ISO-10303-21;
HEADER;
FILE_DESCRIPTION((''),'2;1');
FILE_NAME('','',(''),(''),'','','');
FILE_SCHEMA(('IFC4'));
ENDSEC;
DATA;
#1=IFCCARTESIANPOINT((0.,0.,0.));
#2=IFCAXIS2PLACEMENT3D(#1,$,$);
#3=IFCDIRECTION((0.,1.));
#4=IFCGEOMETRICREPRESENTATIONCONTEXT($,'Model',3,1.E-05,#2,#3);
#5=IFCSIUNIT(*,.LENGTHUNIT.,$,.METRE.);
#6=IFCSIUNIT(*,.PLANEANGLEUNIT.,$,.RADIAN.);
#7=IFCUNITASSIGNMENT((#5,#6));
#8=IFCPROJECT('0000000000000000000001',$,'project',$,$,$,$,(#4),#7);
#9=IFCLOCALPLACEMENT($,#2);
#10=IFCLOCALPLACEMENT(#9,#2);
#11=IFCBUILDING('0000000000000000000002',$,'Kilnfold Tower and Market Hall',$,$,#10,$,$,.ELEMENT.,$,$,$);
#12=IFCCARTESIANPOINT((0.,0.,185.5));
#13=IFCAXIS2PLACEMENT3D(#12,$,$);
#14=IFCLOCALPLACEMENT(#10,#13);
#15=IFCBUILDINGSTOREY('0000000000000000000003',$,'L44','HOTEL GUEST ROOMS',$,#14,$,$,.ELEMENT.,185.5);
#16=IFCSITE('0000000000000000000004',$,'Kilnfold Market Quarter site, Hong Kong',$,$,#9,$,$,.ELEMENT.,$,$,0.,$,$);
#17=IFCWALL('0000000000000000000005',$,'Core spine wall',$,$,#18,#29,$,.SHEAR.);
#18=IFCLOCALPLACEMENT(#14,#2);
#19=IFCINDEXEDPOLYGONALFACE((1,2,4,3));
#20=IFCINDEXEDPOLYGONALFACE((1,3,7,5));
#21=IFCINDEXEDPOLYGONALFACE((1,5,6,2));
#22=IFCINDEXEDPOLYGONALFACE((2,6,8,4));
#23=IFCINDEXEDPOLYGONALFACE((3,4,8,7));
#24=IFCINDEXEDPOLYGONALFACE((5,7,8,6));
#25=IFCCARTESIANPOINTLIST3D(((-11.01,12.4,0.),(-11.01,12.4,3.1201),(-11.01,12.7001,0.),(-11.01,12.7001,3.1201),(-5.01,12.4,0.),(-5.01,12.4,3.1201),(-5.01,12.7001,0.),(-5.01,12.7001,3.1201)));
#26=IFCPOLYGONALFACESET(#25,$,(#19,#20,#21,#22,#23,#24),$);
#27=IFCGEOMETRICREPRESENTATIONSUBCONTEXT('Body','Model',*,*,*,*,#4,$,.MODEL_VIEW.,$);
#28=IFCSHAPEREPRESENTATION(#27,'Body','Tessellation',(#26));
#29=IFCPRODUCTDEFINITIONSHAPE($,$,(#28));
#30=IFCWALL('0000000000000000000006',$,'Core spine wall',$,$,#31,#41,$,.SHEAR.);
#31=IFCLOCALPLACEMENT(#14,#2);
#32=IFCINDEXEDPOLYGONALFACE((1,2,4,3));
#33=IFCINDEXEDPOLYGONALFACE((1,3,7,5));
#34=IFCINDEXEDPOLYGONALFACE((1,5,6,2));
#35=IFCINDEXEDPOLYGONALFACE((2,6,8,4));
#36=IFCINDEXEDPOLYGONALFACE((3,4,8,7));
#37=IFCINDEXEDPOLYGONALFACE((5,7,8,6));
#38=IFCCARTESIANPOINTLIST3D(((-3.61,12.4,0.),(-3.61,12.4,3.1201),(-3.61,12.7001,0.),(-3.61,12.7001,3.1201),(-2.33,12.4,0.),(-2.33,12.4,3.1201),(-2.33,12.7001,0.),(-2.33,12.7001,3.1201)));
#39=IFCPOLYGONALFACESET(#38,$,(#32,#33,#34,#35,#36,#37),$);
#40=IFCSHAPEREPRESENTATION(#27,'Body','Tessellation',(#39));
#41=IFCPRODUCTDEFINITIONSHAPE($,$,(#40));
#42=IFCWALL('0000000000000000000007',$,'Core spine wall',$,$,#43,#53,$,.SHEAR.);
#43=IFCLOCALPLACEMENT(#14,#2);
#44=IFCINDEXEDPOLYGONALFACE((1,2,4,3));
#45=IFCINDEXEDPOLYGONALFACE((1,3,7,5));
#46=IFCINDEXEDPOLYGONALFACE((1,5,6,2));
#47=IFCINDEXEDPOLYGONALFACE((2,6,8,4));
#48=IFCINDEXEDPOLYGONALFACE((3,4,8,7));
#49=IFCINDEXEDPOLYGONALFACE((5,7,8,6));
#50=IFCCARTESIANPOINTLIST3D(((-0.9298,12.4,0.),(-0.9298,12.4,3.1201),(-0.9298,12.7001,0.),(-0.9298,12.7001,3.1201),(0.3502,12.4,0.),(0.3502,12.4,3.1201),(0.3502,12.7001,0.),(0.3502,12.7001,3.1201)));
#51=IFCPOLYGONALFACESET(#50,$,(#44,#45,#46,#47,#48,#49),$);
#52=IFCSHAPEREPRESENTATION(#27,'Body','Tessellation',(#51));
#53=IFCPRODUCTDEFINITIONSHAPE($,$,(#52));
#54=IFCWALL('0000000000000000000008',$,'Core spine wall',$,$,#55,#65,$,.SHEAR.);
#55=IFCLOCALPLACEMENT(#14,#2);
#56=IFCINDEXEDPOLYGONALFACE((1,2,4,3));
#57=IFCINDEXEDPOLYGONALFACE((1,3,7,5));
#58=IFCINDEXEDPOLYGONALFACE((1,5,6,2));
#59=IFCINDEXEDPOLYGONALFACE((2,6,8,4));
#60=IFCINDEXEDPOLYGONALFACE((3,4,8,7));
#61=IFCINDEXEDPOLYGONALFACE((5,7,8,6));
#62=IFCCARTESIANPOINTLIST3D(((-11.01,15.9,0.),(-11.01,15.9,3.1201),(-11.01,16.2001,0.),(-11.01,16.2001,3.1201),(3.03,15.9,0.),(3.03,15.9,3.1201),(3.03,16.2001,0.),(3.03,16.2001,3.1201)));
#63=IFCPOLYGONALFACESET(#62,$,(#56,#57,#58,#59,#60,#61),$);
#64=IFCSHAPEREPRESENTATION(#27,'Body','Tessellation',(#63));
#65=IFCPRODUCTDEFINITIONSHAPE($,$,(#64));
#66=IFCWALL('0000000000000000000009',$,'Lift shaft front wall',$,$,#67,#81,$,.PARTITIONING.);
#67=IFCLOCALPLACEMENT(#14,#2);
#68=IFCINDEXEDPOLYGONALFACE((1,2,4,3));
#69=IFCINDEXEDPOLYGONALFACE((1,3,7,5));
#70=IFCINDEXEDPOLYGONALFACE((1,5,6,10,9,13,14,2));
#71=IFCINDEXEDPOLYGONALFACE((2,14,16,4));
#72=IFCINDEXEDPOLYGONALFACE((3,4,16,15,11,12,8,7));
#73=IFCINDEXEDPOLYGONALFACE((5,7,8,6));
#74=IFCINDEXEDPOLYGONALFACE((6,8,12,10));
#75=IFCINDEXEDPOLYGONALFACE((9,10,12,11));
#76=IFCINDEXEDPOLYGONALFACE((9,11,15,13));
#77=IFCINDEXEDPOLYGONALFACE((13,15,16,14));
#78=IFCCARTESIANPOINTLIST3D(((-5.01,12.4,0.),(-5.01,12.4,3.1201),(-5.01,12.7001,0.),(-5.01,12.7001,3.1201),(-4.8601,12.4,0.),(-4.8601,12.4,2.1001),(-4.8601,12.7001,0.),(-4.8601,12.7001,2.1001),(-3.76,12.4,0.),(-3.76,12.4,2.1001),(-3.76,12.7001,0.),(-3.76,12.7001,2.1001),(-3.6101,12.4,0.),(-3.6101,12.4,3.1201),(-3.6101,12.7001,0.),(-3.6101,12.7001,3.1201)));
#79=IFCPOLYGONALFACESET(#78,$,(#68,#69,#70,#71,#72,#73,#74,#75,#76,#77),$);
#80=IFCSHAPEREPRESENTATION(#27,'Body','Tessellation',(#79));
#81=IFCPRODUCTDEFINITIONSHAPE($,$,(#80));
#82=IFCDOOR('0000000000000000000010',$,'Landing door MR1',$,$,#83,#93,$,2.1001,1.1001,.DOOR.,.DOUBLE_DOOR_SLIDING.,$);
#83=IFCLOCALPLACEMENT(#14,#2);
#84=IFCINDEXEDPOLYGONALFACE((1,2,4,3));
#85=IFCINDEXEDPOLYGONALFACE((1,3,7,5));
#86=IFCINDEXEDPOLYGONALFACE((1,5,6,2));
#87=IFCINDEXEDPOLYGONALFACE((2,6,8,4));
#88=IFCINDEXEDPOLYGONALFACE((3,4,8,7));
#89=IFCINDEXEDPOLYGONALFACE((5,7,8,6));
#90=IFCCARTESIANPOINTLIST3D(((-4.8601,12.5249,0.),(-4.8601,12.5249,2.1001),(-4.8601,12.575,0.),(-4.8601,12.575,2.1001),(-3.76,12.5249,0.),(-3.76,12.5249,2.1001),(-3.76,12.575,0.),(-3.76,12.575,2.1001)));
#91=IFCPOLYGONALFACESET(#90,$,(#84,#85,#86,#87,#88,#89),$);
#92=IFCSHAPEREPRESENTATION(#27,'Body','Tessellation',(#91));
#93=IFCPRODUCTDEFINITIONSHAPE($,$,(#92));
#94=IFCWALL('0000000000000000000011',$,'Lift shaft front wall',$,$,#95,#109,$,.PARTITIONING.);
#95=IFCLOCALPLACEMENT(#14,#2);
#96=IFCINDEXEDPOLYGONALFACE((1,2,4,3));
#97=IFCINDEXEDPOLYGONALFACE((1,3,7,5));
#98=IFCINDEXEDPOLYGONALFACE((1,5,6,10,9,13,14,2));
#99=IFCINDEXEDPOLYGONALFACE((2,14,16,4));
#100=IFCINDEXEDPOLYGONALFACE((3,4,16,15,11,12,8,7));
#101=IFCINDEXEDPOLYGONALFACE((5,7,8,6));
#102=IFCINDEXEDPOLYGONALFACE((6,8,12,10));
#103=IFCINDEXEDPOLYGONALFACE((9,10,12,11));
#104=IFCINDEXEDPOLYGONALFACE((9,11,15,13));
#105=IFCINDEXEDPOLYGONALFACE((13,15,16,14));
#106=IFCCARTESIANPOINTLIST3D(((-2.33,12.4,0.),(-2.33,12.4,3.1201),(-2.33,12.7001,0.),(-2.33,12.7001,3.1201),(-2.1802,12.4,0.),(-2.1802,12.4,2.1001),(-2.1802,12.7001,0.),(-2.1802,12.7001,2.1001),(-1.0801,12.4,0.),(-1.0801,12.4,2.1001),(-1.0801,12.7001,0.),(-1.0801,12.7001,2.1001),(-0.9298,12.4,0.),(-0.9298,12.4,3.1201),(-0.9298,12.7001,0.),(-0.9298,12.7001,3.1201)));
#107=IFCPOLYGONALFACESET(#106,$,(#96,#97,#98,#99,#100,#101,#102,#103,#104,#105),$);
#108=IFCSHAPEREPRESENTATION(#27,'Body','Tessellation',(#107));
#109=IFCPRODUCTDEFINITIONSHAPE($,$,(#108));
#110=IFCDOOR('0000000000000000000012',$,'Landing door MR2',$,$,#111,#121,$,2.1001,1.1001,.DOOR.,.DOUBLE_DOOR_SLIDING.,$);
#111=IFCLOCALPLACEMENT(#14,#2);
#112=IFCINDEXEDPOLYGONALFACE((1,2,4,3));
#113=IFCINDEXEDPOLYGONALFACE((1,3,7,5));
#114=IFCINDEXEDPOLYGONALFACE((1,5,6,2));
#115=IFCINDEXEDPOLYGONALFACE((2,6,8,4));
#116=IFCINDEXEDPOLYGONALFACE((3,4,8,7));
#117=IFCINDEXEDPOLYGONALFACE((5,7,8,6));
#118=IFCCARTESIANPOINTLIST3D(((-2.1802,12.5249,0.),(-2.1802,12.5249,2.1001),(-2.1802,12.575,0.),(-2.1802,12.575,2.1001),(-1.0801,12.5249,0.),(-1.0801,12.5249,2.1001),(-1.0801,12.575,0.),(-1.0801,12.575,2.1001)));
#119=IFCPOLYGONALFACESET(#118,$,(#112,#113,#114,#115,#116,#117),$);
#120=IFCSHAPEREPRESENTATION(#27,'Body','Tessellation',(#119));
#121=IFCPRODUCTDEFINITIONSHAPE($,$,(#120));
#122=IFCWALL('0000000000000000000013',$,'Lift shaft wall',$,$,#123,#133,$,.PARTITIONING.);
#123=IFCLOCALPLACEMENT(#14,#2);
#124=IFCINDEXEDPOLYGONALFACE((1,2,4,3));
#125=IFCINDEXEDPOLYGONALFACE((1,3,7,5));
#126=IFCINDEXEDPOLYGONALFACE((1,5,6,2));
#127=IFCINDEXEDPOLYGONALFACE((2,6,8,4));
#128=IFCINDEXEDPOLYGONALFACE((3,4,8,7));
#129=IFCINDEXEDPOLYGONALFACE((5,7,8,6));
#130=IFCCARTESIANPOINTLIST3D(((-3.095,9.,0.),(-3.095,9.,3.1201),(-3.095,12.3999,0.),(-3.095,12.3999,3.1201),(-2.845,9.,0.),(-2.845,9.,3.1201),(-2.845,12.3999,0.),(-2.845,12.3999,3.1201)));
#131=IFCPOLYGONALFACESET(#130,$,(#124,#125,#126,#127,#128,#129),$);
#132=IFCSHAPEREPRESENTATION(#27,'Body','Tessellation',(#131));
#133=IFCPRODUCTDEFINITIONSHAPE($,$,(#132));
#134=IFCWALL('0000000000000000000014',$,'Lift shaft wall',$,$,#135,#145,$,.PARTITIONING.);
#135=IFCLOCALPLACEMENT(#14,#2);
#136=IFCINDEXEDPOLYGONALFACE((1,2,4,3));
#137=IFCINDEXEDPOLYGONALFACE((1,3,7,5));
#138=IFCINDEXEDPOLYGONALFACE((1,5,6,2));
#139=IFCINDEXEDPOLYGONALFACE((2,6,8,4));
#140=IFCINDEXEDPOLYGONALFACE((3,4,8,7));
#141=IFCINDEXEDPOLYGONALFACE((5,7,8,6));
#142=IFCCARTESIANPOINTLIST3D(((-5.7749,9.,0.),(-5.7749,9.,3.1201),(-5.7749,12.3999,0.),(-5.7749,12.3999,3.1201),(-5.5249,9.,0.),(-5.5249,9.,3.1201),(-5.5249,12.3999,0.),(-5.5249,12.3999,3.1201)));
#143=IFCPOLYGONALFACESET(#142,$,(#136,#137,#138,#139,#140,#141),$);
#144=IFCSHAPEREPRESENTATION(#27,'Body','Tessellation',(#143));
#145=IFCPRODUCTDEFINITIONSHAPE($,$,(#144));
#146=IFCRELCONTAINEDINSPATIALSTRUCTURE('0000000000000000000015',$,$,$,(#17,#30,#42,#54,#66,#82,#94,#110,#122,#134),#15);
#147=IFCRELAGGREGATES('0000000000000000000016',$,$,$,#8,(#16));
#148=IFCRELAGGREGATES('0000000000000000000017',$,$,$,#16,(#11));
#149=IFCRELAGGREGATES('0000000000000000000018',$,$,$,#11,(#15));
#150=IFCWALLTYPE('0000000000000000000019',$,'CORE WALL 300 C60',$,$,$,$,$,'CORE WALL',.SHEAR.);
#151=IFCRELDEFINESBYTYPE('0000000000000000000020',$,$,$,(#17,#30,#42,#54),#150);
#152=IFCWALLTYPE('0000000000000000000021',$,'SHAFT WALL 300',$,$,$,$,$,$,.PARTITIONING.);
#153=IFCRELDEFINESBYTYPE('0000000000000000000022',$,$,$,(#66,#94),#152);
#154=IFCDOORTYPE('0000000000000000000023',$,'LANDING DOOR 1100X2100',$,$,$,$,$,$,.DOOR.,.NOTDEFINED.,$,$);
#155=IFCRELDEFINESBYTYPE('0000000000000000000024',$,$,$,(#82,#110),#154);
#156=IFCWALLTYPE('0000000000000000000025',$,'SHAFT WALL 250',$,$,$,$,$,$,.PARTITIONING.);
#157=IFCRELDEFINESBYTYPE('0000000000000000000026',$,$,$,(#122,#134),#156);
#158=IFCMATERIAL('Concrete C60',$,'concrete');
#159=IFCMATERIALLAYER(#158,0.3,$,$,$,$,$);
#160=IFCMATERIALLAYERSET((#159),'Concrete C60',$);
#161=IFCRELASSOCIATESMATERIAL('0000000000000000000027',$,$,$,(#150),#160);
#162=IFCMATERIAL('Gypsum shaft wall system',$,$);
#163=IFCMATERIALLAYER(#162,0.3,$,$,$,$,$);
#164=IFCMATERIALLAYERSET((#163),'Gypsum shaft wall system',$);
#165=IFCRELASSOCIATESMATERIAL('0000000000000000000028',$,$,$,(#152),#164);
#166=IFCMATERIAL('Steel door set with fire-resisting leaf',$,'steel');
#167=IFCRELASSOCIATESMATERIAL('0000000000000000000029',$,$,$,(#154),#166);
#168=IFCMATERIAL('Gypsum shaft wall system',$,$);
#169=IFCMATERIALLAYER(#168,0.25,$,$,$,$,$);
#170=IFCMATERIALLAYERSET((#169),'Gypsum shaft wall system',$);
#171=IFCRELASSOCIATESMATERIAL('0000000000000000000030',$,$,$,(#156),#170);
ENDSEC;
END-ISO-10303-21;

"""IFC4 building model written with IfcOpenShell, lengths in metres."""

from ifc_helpers import new_model, si_unit, direction, frame, frame_2d, origin, place, context, subcontext, project, spatial, rectangle, extrude, source, transform, mapped, material, layer, layer_set, type_object, element, fill, save


model = new_model("IFC4")

# Units and contexts
model_context = context("Model", 3, precision=1e-05, world=origin(), true_north=direction((0.0, 1.0)))
body_context = subcontext(model_context, "Body", "Model", "MODEL_VIEW")
ifc_project = project(units=[si_unit("LENGTHUNIT", "METRE"), si_unit("PLANEANGLEUNIT", "RADIAN")], contexts=[model_context])

# Site, building, storey
site_placement = place(None, origin())
site = spatial("IfcSite", under=ifc_project, at=site_placement, Name="Kilnfold Market Quarter site, Hong Kong", CompositionType="ELEMENT", RefElevation=0.0)
building_placement = place(site_placement, origin())
building = spatial("IfcBuilding", under=site, at=building_placement, Name="Kilnfold Tower and Market Hall", CompositionType="ELEMENT")
storey_placement = place(building_placement, frame((0.0, 0.0, 185.5)))
storey = spatial("IfcBuildingStorey", under=building, at=storey_placement, Name="L44", Description="HOTEL GUEST ROOMS", CompositionType="ELEMENT", Elevation=185.5)

# Walls
ifc_material_1 = material(Name="Concrete C60", Category="concrete")
ifc_layer_1 = layer(ifc_material_1, 0.3)
ifc_layer_set_1 = layer_set([ifc_layer_1], Name="Concrete C60")
wall_type_1 = type_object("IfcWallType", Name="CORE WALL 300 C60", ElementType="CORE WALL", PredefinedType="SHEAR", material=ifc_layer_set_1)
shared_shape_1 = source(origin(), body_context, "Body", "SweptSolid", [
    extrude(rectangle(XDim=6.0, YDim=0.3, at=frame_2d((3.0, 0.0))), origin(), (0.0, 0.0, 1.0), 3.1201),
])
wall_1_placement = place(storey_placement, frame((-11.01, 12.55, 0.0), z_axis=(0.0, 0.0, 1.0), x_axis=(1.0, 0.0, 0.0)))
element("IfcWall", 1, at=wall_1_placement, inside=storey, type_object=wall_type_1, Name="Core spine wall", PredefinedType="SHEAR", context=body_context, shape_type="MappedRepresentation", body=[
    mapped(shared_shape_1, transform((0.0, 0.0, 0.0))),
])
shared_shape_2 = source(origin(), body_context, "Body", "SweptSolid", [
    extrude(rectangle(XDim=1.28, YDim=0.3, at=frame_2d((0.6401, 0.0))), origin(), (0.0, 0.0, 1.0), 3.1201),
])
for number, where, z_axis, x_axis, name in (
    (2, (-3.6101, 12.55, 0.0), (0.0, 0.0, 1.0), (1.0, 0.0, 0.0), "Core spine wall"),
    (3, (-0.9299, 12.55, 0.0), (0.0, 0.0, 1.0), (1.0, 0.0, 0.0), "Core spine wall"),
):
    element("IfcWall", number, at=place(storey_placement, frame(where, z_axis=z_axis, x_axis=x_axis)), inside=storey, type_object=wall_type_1, Name=name, PredefinedType="SHEAR", context=body_context, shape_type="MappedRepresentation", body=[
        mapped(shared_shape_2, transform((0.0, 0.0, 0.0))),
    ])
shared_shape_3 = source(origin(), body_context, "Body", "SweptSolid", [
    extrude(rectangle(XDim=14.04, YDim=0.3, at=frame_2d((7.02, 0.0))), origin(), (0.0, 0.0, 1.0), 3.1201),
])
wall_2_placement = place(storey_placement, frame((-11.01, 16.05, 0.0), z_axis=(0.0, 0.0, 1.0), x_axis=(1.0, 0.0, 0.0)))
element("IfcWall", 4, at=wall_2_placement, inside=storey, type_object=wall_type_1, Name="Core spine wall", PredefinedType="SHEAR", context=body_context, shape_type="MappedRepresentation", body=[
    mapped(shared_shape_3, transform((0.0, 0.0, 0.0))),
])

# Walls, openings, doors
ifc_material_2 = material(Name="Gypsum shaft wall system")
ifc_layer_2 = layer(ifc_material_2, 0.3)
ifc_layer_set_2 = layer_set([ifc_layer_2], Name="Gypsum shaft wall system")
wall_type_2 = type_object("IfcWallType", Name="SHAFT WALL 300", PredefinedType="PARTITIONING", material=ifc_layer_set_2)
shared_shape_4 = source(origin(), body_context, "Body", "SweptSolid", [
    extrude(rectangle(XDim=1.3999, YDim=0.3, at=frame_2d((0.7, 0.0))), origin(), (0.0, 0.0, 1.0), 3.1201),
])
wall_3_placement = place(storey_placement, frame((-5.01, 12.55, 0.0), z_axis=(0.0, 0.0, 1.0), x_axis=(1.0, 0.0, 0.0)))
wall_3 = element("IfcWall", 5, at=wall_3_placement, inside=storey, type_object=wall_type_2, Name="Lift shaft front wall", PredefinedType="PARTITIONING", context=body_context, shape_type="MappedRepresentation", body=[
    mapped(shared_shape_4, transform((0.0, 0.0, 0.0))),
])
opening_1_placement = place(wall_3_placement, frame((0.1499, 0.0, 0.0)))
opening_1 = element("IfcOpeningElement", 6, at=opening_1_placement, cuts=wall_3, PredefinedType="OPENING", context=body_context, shape_type="SweptSolid", body=[
    extrude(rectangle(XDim=1.1001, YDim=2.1001, at=frame_2d((0.55, 1.05))), frame((0.0, 0.1602, 0.0), z_axis=(0.0, -1.0, 0.0), x_axis=(1.0, 0.0, 0.0)), (0.0, 0.0, 1.0), 0.3201),
])
ifc_material_3 = material(Name="Steel door set with fire-resisting leaf", Category="steel")
door_type = type_object("IfcDoorType", Name="LANDING DOOR 1100X2100", OperationType="NOTDEFINED", PredefinedType="DOOR", material=ifc_material_3)
door_1_placement = place(opening_1_placement, origin())
door_1 = element("IfcDoor", 7, at=door_1_placement, inside=storey, type_object=door_type, Name="Landing door MR1", OperationType="DOUBLE_DOOR_SLIDING", OverallHeight=2.1001, OverallWidth=1.1001, PredefinedType="DOOR", context=body_context, shape_type="SweptSolid", body=[
    extrude(rectangle(XDim=1.1001, YDim=2.1001, at=frame_2d((0.55, 1.05))), frame((0.0, 0.0249, 0.0), z_axis=(0.0, -1.0, 0.0), x_axis=(1.0, 0.0, 0.0)), (0.0, 0.0, 1.0), 0.05),
])
fill(opening_1, door_1)
shared_shape_5 = source(origin(), body_context, "Body", "SweptSolid", [
    extrude(rectangle(XDim=1.4001, YDim=0.3, at=frame_2d((0.7002, 0.0))), origin(), (0.0, 0.0, 1.0), 3.1201),
])
wall_4_placement = place(storey_placement, frame((-2.3301, 12.55, 0.0), z_axis=(0.0, 0.0, 1.0), x_axis=(1.0, 0.0, 0.0)))
wall_4 = element("IfcWall", 8, at=wall_4_placement, inside=storey, type_object=wall_type_2, Name="Lift shaft front wall", PredefinedType="PARTITIONING", context=body_context, shape_type="MappedRepresentation", body=[
    mapped(shared_shape_5, transform((0.0, 0.0, 0.0))),
])
opening_2_placement = place(wall_4_placement, frame((0.1499, 0.0, 0.0)))
opening_2 = element("IfcOpeningElement", 9, at=opening_2_placement, cuts=wall_4, PredefinedType="OPENING", context=body_context, shape_type="SweptSolid", body=[
    extrude(rectangle(XDim=1.1001, YDim=2.1001, at=frame_2d((0.55, 1.05))), frame((0.0, 0.1602, 0.0), z_axis=(0.0, -1.0, 0.0), x_axis=(1.0, 0.0, 0.0)), (0.0, 0.0, 1.0), 0.3201),
])
door_2_placement = place(opening_2_placement, origin())
door_2 = element("IfcDoor", 10, at=door_2_placement, inside=storey, type_object=door_type, Name="Landing door MR2", OperationType="DOUBLE_DOOR_SLIDING", OverallHeight=2.1001, OverallWidth=1.1001, PredefinedType="DOOR", context=body_context, shape_type="SweptSolid", body=[
    extrude(rectangle(XDim=1.1001, YDim=2.1001, at=frame_2d((0.55, 1.05))), frame((0.0, 0.0249, 0.0), z_axis=(0.0, -1.0, 0.0), x_axis=(1.0, 0.0, 0.0)), (0.0, 0.0, 1.0), 0.05),
])
fill(opening_2, door_2)

# Walls
ifc_material_4 = material(Name="Gypsum shaft wall system")
ifc_layer_3 = layer(ifc_material_4, 0.25)
ifc_layer_set_3 = layer_set([ifc_layer_3], Name="Gypsum shaft wall system")
wall_type_3 = type_object("IfcWallType", Name="SHAFT WALL 250", PredefinedType="PARTITIONING", material=ifc_layer_set_3)
shared_shape_6 = source(origin(), body_context, "Body", "SweptSolid", [
    extrude(rectangle(XDim=3.3999, YDim=0.25, at=frame_2d((1.7, 0.0))), origin(), (0.0, 0.0, 1.0), 3.1201),
])
for number, where, z_axis, x_axis, name in (
    (11, (-2.97, 9.0, 0.0), (0.0, 0.0, 1.0), (0.0, 1.0, 0.0), "Lift shaft wall"),
    (12, (-5.6499, 9.0, 0.0), (0.0, 0.0, 1.0), (0.0, 1.0, 0.0), "Lift shaft wall"),
):
    element("IfcWall", number, at=place(storey_placement, frame(where, z_axis=z_axis, x_axis=x_axis)), inside=storey, type_object=wall_type_3, Name=name, PredefinedType="PARTITIONING", context=body_context, shape_type="MappedRepresentation", body=[
        mapped(shared_shape_6, transform((0.0, 0.0, 0.0))),
    ])

save(model, "model.ifc")
